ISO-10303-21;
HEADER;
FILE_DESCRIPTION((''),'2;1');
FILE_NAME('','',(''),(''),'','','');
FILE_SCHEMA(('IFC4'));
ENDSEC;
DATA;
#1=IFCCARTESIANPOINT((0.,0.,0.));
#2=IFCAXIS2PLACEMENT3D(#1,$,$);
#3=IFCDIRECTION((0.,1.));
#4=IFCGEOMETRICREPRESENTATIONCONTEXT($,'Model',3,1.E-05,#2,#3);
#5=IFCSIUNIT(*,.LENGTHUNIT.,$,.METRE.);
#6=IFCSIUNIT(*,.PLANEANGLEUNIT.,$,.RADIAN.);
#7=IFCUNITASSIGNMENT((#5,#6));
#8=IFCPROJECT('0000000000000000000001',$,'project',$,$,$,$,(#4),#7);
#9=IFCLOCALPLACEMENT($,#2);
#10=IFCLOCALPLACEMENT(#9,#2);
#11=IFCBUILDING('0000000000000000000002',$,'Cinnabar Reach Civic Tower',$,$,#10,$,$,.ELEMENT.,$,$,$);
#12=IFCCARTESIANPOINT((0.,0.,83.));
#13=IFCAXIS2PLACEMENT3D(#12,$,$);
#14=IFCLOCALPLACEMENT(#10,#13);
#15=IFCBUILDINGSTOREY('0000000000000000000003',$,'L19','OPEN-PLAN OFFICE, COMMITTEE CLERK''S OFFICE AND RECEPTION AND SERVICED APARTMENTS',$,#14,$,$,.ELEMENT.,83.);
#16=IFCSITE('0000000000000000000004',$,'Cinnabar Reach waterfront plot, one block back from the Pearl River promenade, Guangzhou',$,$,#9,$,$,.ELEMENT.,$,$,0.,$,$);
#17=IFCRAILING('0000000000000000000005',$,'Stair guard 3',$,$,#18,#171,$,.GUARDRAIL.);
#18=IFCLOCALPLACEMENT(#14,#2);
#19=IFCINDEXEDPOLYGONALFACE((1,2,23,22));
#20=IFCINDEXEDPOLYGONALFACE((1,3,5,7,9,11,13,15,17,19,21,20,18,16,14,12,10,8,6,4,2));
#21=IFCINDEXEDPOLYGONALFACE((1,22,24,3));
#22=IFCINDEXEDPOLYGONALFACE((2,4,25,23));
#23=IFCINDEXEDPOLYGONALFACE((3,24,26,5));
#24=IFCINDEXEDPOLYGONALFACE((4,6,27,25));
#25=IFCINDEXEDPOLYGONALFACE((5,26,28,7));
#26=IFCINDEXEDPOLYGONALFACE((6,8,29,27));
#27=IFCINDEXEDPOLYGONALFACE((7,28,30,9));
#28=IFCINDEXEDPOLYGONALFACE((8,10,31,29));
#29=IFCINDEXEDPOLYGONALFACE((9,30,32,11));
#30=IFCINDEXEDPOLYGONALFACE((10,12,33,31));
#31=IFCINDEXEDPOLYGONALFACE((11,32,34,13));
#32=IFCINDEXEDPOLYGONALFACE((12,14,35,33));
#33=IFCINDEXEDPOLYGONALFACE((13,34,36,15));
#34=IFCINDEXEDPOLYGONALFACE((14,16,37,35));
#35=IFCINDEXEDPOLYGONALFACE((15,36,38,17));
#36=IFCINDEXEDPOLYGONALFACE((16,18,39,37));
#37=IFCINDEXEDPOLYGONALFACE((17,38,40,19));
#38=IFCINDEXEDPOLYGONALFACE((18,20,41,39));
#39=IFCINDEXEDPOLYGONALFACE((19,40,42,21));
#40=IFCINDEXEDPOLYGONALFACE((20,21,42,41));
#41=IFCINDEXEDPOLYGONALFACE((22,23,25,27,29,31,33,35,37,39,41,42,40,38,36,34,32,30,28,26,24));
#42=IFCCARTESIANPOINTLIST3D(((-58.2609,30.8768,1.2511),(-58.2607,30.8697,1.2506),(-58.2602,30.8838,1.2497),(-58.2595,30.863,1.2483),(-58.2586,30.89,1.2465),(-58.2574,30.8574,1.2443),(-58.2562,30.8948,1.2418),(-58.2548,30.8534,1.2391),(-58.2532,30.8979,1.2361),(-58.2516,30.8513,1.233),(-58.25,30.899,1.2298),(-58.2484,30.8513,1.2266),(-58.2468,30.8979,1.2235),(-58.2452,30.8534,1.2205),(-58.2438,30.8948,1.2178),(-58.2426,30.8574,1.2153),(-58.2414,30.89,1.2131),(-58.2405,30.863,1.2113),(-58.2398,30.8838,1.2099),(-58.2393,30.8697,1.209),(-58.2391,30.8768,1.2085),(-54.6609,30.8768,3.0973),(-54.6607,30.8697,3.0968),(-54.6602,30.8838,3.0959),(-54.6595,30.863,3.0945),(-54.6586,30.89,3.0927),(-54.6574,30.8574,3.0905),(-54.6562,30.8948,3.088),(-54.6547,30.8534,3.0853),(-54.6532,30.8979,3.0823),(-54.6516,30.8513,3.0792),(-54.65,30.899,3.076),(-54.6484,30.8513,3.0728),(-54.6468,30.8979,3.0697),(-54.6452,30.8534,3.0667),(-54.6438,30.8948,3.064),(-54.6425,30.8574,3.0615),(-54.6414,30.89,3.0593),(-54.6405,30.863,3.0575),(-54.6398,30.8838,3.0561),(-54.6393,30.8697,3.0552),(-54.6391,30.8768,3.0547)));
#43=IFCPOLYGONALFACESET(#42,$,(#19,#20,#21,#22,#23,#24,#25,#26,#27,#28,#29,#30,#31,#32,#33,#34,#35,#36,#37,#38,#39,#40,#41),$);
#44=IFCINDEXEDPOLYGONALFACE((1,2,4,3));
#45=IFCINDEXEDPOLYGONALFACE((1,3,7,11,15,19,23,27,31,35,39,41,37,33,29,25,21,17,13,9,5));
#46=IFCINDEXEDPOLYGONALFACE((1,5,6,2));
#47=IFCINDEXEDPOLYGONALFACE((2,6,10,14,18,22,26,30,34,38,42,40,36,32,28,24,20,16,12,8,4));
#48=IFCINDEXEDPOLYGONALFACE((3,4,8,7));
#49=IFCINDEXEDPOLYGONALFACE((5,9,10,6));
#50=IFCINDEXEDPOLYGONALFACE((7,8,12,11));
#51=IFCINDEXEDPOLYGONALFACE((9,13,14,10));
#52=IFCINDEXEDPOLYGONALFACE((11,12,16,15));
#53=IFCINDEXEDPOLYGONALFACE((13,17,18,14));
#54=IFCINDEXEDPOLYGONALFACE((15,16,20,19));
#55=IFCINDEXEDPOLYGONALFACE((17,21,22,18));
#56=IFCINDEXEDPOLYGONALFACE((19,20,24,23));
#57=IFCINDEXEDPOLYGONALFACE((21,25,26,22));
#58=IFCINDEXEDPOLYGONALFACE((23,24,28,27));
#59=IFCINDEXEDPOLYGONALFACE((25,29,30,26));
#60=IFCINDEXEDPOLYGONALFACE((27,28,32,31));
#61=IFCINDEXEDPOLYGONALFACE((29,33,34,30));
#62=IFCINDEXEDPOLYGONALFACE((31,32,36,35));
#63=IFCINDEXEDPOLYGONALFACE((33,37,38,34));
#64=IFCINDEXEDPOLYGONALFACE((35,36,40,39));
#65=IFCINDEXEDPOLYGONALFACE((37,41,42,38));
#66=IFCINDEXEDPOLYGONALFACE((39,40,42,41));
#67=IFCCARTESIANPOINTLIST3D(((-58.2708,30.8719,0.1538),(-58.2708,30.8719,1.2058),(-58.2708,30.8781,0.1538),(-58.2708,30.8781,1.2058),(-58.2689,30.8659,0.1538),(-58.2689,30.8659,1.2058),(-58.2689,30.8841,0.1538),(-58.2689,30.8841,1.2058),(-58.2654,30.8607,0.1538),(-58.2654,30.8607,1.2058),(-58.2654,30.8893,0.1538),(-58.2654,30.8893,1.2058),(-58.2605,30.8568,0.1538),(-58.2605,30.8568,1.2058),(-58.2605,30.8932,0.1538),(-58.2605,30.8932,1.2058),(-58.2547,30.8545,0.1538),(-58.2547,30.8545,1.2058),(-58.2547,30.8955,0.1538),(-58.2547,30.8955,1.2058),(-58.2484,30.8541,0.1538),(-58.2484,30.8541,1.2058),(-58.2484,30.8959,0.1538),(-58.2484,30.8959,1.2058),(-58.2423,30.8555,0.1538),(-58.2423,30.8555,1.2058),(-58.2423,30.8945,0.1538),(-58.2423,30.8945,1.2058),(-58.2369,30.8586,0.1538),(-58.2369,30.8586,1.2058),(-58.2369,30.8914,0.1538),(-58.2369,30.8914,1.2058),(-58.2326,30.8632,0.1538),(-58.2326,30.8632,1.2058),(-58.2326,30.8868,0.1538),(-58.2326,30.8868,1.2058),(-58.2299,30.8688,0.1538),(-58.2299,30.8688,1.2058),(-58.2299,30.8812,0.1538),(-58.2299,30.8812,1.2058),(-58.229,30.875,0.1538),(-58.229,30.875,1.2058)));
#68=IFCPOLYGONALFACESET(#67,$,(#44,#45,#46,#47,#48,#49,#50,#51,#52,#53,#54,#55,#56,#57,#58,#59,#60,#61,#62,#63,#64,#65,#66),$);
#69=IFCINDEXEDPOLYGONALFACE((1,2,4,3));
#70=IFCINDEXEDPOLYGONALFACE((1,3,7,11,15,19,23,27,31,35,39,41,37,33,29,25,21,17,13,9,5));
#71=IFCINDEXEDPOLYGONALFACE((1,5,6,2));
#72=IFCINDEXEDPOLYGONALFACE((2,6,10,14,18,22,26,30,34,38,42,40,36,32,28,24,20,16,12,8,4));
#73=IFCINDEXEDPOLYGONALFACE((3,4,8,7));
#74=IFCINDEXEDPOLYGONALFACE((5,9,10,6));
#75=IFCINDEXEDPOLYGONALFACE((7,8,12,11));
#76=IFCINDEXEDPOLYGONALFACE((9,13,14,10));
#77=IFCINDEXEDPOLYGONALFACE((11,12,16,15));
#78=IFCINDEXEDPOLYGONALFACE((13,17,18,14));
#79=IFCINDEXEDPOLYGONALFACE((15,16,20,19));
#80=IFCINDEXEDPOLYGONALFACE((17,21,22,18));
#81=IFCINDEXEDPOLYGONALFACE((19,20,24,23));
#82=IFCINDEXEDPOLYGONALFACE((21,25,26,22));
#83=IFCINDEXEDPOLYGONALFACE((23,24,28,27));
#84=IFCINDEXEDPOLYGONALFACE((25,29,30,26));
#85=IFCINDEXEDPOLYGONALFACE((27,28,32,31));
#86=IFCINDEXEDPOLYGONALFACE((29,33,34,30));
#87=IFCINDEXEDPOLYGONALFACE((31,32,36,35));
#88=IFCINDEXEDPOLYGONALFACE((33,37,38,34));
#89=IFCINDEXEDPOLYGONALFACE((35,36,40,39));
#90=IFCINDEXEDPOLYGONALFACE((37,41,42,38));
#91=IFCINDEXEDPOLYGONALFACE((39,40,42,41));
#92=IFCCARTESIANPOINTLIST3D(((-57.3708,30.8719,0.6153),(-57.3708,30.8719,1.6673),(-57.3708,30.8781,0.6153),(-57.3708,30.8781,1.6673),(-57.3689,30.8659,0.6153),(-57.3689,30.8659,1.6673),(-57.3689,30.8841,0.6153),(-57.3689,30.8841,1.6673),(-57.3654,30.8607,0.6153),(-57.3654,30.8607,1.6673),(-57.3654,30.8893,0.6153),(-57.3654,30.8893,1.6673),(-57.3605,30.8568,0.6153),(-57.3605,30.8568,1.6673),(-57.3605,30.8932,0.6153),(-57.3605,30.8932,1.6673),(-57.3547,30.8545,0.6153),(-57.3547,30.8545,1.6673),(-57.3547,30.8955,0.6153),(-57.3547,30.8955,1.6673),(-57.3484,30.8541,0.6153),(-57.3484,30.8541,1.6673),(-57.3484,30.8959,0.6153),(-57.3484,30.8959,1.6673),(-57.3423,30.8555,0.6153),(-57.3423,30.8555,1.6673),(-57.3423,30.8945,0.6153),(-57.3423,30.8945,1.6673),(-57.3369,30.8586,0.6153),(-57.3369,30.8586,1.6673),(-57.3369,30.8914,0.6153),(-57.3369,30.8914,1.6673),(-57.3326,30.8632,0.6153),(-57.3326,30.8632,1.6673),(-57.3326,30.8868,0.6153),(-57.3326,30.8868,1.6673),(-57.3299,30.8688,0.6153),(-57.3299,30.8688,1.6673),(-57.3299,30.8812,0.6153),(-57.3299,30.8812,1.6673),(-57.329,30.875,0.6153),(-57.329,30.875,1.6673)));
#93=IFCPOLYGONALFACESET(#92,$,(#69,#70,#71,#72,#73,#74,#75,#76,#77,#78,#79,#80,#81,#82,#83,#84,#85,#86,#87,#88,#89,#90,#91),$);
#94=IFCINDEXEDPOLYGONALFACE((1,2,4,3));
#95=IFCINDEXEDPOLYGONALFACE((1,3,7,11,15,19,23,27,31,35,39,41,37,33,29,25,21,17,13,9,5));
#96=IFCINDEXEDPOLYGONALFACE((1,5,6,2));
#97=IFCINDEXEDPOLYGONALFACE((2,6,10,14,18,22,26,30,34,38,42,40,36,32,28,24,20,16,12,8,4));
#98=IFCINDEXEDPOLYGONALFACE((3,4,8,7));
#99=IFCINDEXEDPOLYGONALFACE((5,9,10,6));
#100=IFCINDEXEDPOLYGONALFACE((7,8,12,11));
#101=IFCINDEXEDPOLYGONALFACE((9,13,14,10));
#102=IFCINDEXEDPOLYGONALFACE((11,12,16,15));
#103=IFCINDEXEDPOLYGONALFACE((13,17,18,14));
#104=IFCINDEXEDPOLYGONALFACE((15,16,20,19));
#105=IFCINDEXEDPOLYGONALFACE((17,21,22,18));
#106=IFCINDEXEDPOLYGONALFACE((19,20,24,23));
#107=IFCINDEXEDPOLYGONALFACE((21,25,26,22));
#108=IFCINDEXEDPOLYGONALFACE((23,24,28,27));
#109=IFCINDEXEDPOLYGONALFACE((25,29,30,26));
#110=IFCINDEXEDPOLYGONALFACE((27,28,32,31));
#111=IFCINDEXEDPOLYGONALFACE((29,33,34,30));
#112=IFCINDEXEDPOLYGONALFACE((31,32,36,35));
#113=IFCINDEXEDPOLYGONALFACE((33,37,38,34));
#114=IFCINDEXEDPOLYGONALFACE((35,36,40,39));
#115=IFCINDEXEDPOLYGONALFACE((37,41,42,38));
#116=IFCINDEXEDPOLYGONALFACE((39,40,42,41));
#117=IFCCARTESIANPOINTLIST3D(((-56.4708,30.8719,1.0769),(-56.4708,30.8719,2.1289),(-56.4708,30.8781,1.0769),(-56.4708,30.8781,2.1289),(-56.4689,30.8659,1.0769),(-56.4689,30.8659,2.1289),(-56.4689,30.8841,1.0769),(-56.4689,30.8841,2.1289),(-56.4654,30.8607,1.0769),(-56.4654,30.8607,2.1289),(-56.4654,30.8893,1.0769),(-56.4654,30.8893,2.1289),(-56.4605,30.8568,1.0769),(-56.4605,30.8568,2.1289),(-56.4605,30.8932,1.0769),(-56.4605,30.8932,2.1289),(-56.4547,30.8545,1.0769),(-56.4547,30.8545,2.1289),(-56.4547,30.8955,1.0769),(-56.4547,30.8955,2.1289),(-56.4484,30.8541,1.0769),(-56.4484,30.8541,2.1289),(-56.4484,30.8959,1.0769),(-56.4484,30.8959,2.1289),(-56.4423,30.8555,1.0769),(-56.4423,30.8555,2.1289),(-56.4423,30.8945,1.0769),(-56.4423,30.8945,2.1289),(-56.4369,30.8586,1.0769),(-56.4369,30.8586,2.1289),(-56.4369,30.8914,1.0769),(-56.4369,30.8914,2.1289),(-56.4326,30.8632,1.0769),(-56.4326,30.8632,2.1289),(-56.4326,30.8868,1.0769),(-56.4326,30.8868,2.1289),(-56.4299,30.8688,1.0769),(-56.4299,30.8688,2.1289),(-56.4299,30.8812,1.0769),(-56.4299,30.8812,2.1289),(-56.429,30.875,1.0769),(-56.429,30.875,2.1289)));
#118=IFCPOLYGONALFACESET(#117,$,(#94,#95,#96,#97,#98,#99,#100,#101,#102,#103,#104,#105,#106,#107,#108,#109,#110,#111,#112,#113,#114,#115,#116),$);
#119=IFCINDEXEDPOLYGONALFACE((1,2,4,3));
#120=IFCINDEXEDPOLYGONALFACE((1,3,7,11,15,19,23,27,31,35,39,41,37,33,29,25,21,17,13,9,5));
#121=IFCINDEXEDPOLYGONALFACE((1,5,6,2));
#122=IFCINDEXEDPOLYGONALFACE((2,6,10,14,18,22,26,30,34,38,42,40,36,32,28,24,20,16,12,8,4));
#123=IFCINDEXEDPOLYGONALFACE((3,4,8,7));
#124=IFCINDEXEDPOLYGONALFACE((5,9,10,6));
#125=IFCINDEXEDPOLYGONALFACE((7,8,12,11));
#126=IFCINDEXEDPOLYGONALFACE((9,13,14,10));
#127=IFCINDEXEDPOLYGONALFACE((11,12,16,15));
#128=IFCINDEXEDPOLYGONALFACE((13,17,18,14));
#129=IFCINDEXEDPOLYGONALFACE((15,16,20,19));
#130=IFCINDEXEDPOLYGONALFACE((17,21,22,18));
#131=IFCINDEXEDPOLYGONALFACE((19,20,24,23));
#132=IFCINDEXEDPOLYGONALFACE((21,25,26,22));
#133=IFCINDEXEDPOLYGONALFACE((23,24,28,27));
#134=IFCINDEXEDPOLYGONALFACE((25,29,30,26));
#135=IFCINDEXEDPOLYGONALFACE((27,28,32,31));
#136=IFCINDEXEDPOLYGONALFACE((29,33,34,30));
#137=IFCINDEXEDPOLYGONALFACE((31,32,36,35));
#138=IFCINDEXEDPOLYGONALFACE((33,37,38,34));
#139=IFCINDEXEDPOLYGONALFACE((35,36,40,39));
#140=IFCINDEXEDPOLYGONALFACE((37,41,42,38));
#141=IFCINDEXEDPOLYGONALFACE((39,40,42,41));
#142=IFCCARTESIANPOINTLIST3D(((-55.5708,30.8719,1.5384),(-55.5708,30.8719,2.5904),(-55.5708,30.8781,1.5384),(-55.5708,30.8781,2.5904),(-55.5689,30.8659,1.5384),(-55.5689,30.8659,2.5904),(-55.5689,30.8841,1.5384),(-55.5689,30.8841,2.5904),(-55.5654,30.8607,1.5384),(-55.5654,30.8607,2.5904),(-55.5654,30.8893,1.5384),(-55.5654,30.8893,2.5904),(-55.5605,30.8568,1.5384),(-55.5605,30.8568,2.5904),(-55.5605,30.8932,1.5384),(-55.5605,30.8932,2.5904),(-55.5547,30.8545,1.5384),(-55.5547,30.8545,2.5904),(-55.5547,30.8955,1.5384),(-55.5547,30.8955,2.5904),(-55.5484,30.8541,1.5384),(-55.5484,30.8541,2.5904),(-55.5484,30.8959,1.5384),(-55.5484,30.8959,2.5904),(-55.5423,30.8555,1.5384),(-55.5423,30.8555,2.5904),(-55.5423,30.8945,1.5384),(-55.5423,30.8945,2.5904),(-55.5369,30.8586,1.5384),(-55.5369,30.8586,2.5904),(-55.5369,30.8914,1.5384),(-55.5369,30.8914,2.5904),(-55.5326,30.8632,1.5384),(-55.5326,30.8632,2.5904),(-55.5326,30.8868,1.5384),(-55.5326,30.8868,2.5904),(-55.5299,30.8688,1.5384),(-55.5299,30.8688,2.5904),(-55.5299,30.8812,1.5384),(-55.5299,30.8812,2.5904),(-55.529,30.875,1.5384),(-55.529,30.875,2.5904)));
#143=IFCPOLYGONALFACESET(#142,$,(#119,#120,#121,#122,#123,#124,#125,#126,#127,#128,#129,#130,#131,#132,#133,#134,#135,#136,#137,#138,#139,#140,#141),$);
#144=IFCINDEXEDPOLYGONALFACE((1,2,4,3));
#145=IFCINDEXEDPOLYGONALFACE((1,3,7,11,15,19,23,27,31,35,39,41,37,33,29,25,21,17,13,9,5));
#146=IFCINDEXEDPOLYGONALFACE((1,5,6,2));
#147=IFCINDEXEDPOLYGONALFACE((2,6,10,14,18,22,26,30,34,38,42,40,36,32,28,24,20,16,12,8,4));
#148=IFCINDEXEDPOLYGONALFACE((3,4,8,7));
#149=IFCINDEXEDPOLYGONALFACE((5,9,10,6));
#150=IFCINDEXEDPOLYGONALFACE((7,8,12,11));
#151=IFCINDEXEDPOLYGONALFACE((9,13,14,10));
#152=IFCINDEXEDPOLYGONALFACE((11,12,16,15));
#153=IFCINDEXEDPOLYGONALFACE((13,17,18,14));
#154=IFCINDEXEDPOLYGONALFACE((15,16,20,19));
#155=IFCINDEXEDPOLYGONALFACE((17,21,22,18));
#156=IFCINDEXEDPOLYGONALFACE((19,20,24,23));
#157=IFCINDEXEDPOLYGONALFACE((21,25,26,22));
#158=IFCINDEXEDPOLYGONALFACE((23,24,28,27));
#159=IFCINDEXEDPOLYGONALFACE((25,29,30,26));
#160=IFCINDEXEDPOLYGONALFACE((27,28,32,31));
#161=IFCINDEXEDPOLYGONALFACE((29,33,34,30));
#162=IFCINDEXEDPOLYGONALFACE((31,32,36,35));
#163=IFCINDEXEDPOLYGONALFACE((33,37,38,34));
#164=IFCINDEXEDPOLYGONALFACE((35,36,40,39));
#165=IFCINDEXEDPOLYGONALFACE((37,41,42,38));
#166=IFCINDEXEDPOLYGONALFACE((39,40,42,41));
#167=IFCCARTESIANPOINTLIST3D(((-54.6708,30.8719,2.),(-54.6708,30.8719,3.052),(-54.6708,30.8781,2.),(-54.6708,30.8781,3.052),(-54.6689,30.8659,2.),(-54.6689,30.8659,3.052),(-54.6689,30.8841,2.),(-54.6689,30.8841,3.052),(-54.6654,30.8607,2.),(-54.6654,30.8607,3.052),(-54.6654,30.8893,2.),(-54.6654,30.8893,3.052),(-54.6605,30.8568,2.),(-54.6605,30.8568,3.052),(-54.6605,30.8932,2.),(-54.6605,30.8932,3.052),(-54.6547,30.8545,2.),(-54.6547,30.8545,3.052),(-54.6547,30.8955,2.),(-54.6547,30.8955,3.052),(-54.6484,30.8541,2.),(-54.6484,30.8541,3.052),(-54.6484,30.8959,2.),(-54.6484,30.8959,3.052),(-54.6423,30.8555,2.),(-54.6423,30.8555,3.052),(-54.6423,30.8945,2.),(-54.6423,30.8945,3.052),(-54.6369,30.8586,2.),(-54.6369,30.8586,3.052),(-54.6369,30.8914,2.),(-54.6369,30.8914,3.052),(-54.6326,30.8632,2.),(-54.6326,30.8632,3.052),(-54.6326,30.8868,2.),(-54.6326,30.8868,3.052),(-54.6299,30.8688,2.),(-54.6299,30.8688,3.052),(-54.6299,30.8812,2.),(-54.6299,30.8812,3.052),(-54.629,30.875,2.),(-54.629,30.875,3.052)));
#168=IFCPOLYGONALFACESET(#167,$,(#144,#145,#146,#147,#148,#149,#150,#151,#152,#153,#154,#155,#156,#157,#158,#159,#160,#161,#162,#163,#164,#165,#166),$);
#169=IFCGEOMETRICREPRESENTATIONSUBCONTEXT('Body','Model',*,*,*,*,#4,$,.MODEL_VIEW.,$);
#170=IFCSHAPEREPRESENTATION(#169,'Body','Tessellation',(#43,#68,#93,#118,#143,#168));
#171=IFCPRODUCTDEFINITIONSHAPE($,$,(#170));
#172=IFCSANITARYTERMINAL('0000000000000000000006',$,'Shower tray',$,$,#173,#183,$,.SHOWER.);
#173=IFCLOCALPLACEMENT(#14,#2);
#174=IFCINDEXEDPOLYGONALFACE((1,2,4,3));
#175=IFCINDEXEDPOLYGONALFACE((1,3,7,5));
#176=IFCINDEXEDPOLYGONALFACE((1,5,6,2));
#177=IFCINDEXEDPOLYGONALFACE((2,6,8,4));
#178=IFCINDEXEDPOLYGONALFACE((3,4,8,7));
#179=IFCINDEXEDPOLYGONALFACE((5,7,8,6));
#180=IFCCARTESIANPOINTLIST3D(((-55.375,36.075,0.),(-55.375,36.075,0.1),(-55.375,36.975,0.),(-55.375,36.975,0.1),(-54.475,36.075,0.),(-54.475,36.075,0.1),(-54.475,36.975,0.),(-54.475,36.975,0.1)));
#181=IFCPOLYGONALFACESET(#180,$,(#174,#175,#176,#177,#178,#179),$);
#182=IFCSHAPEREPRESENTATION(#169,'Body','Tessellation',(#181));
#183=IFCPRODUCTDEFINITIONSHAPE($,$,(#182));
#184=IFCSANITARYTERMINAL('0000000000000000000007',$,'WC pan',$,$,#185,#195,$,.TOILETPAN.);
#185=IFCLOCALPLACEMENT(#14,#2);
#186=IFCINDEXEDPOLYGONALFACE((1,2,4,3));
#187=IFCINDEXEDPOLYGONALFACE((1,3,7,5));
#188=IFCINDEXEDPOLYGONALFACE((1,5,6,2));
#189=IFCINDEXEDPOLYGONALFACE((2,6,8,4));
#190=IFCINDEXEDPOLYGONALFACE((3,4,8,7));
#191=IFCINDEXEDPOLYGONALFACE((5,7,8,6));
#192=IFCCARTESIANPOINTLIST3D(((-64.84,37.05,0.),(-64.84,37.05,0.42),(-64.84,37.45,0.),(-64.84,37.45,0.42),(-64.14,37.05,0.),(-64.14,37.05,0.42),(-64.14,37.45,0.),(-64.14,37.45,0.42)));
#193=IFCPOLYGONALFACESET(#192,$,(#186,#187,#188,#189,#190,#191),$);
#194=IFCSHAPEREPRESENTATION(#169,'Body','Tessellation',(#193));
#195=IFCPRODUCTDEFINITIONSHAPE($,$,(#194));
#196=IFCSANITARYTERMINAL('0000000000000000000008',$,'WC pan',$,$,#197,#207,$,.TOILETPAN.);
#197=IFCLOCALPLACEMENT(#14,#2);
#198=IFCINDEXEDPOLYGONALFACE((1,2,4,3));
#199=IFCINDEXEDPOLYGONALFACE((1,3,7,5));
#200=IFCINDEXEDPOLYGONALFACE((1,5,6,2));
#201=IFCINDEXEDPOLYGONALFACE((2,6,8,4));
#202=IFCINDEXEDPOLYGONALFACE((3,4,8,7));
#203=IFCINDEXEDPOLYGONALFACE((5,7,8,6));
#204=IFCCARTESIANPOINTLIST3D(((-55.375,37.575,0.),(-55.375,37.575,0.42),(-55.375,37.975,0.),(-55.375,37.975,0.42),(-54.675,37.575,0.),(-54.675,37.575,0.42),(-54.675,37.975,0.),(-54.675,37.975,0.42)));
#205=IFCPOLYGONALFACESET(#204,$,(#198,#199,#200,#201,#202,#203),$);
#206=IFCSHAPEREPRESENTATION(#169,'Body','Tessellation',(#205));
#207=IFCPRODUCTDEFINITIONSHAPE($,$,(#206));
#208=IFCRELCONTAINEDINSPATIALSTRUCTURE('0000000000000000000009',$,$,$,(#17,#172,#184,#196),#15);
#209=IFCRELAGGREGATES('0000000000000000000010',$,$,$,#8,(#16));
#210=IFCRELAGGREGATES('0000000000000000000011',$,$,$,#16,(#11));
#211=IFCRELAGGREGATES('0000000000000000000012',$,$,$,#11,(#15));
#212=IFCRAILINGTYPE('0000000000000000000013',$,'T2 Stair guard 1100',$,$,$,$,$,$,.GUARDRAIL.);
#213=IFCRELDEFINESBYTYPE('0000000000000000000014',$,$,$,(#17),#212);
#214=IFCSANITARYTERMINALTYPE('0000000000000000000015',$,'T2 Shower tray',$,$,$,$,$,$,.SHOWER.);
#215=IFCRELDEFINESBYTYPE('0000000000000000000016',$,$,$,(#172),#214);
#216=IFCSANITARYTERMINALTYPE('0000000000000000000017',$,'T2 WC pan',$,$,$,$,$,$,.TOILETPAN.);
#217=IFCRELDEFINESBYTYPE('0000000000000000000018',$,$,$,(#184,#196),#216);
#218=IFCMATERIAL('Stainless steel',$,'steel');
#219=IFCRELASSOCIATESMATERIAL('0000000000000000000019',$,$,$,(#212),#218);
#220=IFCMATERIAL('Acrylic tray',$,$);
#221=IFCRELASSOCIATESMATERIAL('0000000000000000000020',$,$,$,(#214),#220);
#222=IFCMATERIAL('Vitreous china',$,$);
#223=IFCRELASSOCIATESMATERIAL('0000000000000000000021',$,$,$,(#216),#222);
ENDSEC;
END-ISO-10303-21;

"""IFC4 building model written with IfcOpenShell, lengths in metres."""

from ifc_helpers import new_model, si_unit, direction, frame, origin, origin_2d, place, context, subcontext, project, spatial, rectangle, circle, extrude, material, type_object, element, save


model = new_model("IFC4")

# Units and contexts
model_context = context("Model", 3, precision=1e-05, world=origin(), true_north=direction((0.0, 1.0)))
body_context = subcontext(model_context, "Body", "Model", "MODEL_VIEW")
ifc_project = project(units=[si_unit("LENGTHUNIT", "METRE"), si_unit("PLANEANGLEUNIT", "RADIAN")], contexts=[model_context])

# Site, building, storey
site_placement = place(None, origin())
site = spatial("IfcSite", under=ifc_project, at=site_placement, Name="Cinnabar Reach waterfront plot, one block back from the Pearl River promenade, Guangzhou", CompositionType="ELEMENT", RefElevation=0.0)
building_placement = place(site_placement, origin())
building = spatial("IfcBuilding", under=site, at=building_placement, Name="Cinnabar Reach Civic Tower", CompositionType="ELEMENT")
storey_placement = place(building_placement, frame((0.0, 0.0, 83.0)))
storey = spatial("IfcBuildingStorey", under=building, at=storey_placement, Name="L19", Description="OPEN-PLAN OFFICE, COMMITTEE CLERK'S OFFICE AND RECEPTION AND SERVICED APARTMENTS", CompositionType="ELEMENT", Elevation=83.0)

# Railing
ifc_material_1 = material(Name="Stainless steel", Category="steel")
railing_type = type_object("IfcRailingType", Name="T2 Stair guard 1100", PredefinedType="GUARDRAIL", material=ifc_material_1)
railing_1_placement = place(storey_placement, frame((-58.25, 30.875, 0.1538)))
element("IfcRailing", 1, at=railing_1_placement, inside=storey, type_object=railing_type, Name="Stair guard 3", PredefinedType="GUARDRAIL", context=body_context, shape_type="SweptSolid", body=[
    extrude(circle(Radius=0.024, at=origin_2d()), frame((0.0, 0.0, 1.076), z_axis=(0.889813, 0.0, 0.456326), x_axis=(0.0, 1.0, 0.0)), (0.0, 0.0, 1.0), 4.0458),
    extrude(circle(Radius=0.021, at=origin_2d()), origin(), (0.0, 0.0, 1.0), 1.052),
    extrude(circle(Radius=0.021, at=origin_2d()), frame((0.9, 0.0, 0.4615)), (0.0, 0.0, 1.0), 1.052),
    extrude(circle(Radius=0.021, at=origin_2d()), frame((1.8, 0.0, 0.9231)), (0.0, 0.0, 1.0), 1.052),
    extrude(circle(Radius=0.021, at=origin_2d()), frame((2.7, 0.0, 1.3846)), (0.0, 0.0, 1.0), 1.052),
    extrude(circle(Radius=0.021, at=origin_2d()), frame((3.6, 0.0, 1.8462)), (0.0, 0.0, 1.0), 1.052),
])

# Sanitary terminals
ifc_material_2 = material(Name="Acrylic tray")
sanitary_terminal_type_1 = type_object("IfcSanitaryTerminalType", Name="T2 Shower tray", PredefinedType="SHOWER", material=ifc_material_2)
sanitary_terminal_placement = place(storey_placement, frame((-54.925, 36.525, 0.0), z_axis=(0.0, 0.0, 1.0), x_axis=(1.0, 0.0, 0.0)))
element("IfcSanitaryTerminal", 2, at=sanitary_terminal_placement, inside=storey, type_object=sanitary_terminal_type_1, Name="Shower tray", PredefinedType="SHOWER", context=body_context, shape_type="SweptSolid", body=[
    extrude(rectangle(XDim=0.9, YDim=0.9, at=origin_2d()), origin(), (0.0, 0.0, 1.0), 0.1),
])
ifc_material_3 = material(Name="Vitreous china")
sanitary_terminal_type_2 = type_object("IfcSanitaryTerminalType", Name="T2 WC pan", PredefinedType="TOILETPAN", material=ifc_material_3)
for number, where, z_axis, x_axis, name in (
    (3, (-64.49, 37.25, 0.0), (0.0, 0.0, 1.0), (1.0, 0.0, 0.0), "WC pan"),
    (4, (-55.025, 37.775, 0.0), (0.0, 0.0, 1.0), (1.0, 0.0, 0.0), "WC pan"),
):
    element("IfcSanitaryTerminal", number, at=place(storey_placement, frame(where, z_axis=z_axis, x_axis=x_axis)), inside=storey, type_object=sanitary_terminal_type_2, Name=name, PredefinedType="TOILETPAN", context=body_context, shape_type="SweptSolid", body=[
        extrude(rectangle(XDim=0.7, YDim=0.4, at=origin_2d()), origin(), (0.0, 0.0, 1.0), 0.42),
    ])

save(model, "model.ifc")
